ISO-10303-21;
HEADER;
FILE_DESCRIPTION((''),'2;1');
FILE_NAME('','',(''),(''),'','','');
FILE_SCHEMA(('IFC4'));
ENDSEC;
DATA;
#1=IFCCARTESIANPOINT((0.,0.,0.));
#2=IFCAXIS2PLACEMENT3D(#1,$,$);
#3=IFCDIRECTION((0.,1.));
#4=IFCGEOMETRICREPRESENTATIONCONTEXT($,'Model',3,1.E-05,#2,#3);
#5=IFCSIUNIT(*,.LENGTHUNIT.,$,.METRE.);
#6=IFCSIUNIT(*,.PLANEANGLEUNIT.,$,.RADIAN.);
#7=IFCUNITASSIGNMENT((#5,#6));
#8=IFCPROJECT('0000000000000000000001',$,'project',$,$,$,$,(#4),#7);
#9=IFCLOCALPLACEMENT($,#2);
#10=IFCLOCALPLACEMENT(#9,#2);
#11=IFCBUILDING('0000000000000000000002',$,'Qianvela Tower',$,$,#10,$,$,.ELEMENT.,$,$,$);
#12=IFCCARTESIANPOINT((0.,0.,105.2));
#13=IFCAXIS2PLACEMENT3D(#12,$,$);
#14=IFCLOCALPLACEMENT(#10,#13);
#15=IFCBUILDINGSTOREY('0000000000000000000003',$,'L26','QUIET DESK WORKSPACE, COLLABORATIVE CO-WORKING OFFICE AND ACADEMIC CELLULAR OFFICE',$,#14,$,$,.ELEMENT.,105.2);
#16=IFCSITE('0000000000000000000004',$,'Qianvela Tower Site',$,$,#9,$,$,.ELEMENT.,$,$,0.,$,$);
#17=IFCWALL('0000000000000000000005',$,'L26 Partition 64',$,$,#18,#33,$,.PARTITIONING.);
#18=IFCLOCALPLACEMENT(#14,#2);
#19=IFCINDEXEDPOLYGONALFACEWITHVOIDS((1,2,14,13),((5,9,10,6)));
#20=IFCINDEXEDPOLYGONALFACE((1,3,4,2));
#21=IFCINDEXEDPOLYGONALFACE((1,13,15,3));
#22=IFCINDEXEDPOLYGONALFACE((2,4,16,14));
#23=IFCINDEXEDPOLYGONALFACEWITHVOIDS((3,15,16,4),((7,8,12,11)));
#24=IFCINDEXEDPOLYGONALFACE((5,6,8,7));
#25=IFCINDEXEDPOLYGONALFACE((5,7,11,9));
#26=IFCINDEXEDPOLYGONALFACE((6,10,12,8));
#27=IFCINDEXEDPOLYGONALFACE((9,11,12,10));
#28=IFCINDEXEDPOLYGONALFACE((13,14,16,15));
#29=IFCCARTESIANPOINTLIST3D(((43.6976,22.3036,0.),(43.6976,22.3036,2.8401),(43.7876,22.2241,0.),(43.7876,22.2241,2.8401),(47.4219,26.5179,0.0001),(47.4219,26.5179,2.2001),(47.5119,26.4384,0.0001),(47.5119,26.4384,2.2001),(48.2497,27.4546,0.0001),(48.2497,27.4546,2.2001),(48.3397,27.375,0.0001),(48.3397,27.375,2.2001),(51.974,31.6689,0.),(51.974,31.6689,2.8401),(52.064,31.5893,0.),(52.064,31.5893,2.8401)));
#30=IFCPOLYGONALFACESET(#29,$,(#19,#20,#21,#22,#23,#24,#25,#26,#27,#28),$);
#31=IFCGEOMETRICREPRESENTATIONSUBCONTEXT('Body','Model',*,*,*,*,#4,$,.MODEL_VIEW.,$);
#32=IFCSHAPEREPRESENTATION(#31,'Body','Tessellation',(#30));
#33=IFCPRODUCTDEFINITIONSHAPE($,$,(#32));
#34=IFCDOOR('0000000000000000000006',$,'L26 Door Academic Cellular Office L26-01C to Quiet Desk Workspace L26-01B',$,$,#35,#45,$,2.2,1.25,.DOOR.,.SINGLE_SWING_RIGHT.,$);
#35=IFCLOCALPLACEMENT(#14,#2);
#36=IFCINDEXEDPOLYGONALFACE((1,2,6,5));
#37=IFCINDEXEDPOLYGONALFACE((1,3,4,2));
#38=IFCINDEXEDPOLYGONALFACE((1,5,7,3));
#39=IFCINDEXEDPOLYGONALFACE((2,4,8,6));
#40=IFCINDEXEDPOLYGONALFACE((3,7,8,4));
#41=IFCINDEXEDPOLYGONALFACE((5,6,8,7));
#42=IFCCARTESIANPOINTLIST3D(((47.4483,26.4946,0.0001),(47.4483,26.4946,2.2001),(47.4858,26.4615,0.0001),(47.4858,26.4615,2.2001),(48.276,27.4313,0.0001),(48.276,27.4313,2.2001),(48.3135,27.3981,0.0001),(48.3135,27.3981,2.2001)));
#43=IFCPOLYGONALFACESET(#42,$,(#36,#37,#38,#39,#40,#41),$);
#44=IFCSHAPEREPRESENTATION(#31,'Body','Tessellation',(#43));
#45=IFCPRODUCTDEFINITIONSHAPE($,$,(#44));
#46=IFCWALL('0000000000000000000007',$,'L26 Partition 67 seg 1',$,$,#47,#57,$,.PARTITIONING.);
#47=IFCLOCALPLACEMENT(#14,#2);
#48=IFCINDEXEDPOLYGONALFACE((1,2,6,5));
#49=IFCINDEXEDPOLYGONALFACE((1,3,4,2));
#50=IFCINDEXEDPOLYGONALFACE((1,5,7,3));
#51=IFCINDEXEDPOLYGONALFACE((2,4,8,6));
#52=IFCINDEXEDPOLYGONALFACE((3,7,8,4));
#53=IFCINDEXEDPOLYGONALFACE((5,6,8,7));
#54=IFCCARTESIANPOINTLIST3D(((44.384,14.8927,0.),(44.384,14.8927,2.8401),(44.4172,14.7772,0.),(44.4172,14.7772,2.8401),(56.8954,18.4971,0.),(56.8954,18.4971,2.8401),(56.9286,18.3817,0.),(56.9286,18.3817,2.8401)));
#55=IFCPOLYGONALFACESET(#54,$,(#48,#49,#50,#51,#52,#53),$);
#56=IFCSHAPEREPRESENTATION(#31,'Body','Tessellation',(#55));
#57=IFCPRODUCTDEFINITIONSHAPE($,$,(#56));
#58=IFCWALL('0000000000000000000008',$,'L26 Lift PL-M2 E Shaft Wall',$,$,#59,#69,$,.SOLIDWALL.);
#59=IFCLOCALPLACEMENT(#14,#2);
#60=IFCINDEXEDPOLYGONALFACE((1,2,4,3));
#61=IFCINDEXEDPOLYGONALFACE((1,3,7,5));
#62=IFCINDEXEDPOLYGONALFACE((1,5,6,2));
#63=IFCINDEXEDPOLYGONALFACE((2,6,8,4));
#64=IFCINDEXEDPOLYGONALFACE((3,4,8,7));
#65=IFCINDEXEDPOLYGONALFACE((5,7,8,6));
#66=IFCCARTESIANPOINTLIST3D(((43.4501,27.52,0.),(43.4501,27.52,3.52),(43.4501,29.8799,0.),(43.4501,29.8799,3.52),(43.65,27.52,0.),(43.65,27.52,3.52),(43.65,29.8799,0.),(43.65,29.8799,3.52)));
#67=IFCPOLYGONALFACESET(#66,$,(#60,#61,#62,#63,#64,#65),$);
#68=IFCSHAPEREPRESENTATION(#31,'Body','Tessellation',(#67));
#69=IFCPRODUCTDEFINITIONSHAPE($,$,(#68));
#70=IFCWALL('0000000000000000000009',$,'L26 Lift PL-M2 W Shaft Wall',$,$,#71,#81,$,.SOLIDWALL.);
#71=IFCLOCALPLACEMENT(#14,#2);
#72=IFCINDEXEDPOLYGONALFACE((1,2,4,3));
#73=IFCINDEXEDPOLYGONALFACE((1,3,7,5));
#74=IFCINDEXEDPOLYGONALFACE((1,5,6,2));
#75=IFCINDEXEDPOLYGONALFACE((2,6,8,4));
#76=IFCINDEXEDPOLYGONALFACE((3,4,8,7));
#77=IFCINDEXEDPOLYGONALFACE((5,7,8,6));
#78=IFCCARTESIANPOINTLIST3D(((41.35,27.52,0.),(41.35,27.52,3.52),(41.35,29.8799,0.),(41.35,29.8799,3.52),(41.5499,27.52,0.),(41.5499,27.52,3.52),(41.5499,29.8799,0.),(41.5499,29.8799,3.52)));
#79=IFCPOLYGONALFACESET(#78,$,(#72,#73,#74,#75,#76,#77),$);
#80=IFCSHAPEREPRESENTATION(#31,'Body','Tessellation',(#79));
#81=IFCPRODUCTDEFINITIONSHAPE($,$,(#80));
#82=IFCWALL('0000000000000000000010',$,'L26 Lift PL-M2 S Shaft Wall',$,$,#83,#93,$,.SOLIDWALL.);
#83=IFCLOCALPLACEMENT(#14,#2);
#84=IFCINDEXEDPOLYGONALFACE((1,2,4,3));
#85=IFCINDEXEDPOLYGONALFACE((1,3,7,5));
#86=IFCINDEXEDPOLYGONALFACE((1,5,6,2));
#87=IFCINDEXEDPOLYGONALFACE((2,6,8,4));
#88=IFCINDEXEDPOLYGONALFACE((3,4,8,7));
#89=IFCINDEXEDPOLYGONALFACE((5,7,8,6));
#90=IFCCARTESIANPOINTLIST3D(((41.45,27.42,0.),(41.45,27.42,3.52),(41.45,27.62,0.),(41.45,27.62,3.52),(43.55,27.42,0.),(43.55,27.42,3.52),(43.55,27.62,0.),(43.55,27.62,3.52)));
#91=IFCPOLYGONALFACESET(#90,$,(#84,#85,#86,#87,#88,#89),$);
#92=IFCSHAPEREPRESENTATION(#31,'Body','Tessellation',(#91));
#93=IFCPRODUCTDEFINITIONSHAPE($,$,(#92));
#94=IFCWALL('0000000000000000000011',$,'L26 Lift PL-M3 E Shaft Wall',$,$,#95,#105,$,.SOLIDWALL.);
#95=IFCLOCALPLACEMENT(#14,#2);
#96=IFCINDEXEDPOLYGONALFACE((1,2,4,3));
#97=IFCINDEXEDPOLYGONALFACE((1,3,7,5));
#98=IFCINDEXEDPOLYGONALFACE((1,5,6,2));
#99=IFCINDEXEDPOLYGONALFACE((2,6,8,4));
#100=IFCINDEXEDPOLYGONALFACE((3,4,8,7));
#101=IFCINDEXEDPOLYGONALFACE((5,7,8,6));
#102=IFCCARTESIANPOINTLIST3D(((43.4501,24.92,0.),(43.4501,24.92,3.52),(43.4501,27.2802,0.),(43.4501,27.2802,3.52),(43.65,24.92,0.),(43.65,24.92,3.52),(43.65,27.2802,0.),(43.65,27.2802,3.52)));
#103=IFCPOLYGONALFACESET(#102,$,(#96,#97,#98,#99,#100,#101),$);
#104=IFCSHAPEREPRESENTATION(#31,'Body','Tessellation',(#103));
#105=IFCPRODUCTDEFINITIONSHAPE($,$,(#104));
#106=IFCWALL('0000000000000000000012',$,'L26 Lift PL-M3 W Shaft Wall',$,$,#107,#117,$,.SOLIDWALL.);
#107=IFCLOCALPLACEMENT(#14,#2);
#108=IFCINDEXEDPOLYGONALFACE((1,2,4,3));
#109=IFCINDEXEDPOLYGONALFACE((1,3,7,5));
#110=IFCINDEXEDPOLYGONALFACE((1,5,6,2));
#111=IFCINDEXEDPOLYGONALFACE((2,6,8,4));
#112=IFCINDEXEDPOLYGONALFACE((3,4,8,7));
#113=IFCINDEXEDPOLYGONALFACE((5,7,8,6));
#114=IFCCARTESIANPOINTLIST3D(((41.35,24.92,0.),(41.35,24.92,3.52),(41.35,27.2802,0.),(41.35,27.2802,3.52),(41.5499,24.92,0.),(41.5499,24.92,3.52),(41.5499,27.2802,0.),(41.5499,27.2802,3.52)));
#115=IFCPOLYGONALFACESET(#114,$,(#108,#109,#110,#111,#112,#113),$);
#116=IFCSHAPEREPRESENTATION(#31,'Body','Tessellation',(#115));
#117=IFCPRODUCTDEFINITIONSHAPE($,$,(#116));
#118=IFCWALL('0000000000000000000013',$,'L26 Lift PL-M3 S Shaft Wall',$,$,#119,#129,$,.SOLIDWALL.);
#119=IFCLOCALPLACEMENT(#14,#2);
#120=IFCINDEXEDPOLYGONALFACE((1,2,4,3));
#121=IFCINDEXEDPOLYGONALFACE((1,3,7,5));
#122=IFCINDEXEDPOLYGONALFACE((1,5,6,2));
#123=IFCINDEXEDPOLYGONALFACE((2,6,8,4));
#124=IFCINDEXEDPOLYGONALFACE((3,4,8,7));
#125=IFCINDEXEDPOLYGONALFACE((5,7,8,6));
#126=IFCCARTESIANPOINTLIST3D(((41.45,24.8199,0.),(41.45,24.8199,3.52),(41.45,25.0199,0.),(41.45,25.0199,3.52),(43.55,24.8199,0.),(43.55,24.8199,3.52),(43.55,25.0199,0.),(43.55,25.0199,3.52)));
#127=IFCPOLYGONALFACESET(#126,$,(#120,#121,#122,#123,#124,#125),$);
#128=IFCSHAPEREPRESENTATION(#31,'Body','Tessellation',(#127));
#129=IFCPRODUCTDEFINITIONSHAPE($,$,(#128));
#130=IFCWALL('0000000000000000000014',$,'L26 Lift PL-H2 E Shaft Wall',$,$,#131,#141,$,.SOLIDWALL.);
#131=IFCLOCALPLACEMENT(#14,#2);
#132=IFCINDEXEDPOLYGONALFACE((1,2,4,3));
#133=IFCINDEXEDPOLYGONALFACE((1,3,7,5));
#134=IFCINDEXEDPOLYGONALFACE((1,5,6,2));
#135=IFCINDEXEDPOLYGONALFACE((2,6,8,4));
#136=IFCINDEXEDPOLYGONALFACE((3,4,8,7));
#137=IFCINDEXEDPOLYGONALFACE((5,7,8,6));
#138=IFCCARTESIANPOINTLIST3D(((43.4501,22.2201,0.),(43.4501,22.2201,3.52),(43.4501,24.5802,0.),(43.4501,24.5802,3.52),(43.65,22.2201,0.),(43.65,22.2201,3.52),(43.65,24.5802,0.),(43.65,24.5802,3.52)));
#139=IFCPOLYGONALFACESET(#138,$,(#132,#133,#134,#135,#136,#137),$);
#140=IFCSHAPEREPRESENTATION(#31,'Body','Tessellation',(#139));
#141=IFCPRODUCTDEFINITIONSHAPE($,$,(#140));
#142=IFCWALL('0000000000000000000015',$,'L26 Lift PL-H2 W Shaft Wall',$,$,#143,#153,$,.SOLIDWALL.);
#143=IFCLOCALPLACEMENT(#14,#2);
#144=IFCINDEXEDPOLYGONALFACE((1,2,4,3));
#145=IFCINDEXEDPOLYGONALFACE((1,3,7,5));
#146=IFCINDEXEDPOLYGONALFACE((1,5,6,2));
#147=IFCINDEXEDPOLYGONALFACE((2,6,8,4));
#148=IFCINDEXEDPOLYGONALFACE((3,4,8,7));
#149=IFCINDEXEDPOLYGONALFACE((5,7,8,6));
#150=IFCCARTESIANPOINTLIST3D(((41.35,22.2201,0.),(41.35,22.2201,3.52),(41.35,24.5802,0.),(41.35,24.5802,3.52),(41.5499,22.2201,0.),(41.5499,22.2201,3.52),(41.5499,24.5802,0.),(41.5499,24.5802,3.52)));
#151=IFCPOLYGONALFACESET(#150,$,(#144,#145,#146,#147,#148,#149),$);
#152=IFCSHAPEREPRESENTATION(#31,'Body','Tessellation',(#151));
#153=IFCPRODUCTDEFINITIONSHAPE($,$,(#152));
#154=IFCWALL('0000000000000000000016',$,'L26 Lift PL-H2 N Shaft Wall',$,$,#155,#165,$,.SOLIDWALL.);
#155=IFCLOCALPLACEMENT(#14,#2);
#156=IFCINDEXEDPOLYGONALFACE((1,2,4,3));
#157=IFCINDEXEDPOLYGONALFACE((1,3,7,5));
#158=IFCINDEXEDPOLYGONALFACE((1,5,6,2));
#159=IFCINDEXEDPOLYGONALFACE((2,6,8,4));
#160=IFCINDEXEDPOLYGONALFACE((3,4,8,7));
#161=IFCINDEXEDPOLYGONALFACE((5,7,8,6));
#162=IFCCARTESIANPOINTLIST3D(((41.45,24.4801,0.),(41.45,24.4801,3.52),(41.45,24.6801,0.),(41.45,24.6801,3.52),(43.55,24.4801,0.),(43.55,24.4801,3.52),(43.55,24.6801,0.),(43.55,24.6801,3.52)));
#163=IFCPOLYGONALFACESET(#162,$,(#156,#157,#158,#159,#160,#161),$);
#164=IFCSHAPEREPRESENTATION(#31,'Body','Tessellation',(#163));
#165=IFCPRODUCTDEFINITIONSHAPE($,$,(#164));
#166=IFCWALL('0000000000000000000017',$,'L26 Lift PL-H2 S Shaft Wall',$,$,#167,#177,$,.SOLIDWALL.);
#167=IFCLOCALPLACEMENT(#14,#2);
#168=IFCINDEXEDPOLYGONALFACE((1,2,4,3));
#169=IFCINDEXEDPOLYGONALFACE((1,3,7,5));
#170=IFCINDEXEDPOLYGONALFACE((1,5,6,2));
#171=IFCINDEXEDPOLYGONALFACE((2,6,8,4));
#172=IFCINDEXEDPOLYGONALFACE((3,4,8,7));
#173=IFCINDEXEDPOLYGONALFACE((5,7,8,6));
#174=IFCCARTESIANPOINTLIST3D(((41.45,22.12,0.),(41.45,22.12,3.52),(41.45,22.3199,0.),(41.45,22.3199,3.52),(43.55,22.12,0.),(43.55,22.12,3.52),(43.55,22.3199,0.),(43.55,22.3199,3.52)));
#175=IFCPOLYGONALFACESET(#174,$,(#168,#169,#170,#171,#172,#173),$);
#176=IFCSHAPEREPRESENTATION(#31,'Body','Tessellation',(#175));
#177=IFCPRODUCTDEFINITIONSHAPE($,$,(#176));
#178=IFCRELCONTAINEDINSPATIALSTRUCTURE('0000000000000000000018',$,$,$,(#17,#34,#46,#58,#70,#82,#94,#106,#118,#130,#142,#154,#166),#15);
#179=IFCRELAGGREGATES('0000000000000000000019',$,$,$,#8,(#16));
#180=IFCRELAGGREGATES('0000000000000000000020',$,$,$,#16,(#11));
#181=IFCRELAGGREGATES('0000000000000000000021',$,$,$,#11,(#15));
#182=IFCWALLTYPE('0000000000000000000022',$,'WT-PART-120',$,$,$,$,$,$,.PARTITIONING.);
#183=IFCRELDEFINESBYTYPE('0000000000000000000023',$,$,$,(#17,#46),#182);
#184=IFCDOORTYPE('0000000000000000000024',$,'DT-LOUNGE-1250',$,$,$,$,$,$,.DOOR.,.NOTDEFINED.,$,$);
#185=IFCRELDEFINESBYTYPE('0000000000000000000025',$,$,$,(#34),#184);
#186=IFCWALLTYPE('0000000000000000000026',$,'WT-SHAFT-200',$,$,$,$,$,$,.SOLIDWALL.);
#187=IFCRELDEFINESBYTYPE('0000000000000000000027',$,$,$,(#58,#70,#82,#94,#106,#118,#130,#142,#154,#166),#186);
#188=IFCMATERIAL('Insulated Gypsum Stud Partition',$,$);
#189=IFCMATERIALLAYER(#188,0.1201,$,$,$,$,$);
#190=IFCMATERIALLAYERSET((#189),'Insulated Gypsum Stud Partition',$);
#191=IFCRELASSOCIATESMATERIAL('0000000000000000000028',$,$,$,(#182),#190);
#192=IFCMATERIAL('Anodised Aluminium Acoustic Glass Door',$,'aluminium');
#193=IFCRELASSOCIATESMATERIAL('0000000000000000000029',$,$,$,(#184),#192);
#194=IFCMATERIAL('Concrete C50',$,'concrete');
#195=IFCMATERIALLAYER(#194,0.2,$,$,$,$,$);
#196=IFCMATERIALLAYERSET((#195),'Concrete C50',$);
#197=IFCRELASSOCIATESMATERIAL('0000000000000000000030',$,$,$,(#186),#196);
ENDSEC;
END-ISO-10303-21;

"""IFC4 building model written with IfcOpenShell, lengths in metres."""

from ifc_helpers import new_model, si_unit, direction, frame, frame_2d, origin, place, context, subcontext, project, spatial, rectangle, extrude, material, layer, layer_set, type_object, element, fill, save


model = new_model("IFC4")

# Units and contexts
model_context = context("Model", 3, precision=1e-05, world=origin(), true_north=direction((0.0, 1.0)))
body_context = subcontext(model_context, "Body", "Model", "MODEL_VIEW")
ifc_project = project(units=[si_unit("LENGTHUNIT", "METRE"), si_unit("PLANEANGLEUNIT", "RADIAN")], contexts=[model_context])

# Site, building, storey
site_placement = place(None, origin())
site = spatial("IfcSite", under=ifc_project, at=site_placement, Name="Qianvela Tower Site", CompositionType="ELEMENT", RefElevation=0.0)
building_placement = place(site_placement, origin())
building = spatial("IfcBuilding", under=site, at=building_placement, Name="Qianvela Tower", CompositionType="ELEMENT")
storey_placement = place(building_placement, frame((0.0, 0.0, 105.2)))
storey = spatial("IfcBuildingStorey", under=building, at=storey_placement, Name="L26", Description="QUIET DESK WORKSPACE, COLLABORATIVE CO-WORKING OFFICE AND ACADEMIC CELLULAR OFFICE", CompositionType="ELEMENT", Elevation=105.2)

# Wall, opening, door
ifc_material_1 = material(Name="Insulated Gypsum Stud Partition")
ifc_layer_1 = layer(ifc_material_1, 0.1201)
ifc_layer_set_1 = layer_set([ifc_layer_1], Name="Insulated Gypsum Stud Partition")
wall_type_1 = type_object("IfcWallType", Name="WT-PART-120", PredefinedType="PARTITIONING", material=ifc_layer_set_1)
wall_1_placement = place(storey_placement, frame((43.7427, 22.2639, 0.0), z_axis=(0.0, 0.0, 1.0), x_axis=(0.662203, 0.749325, 0.0)))
wall_1 = element("IfcWall", 1, at=wall_1_placement, inside=storey, type_object=wall_type_1, Name="L26 Partition 64", PredefinedType="PARTITIONING", context=body_context, shape_type="SweptSolid", body=[
    extrude(rectangle(XDim=12.4983, YDim=0.1201, at=frame_2d((6.249, 0.0))), origin(), (0.0, 0.0, 1.0), 2.8401),
])
opening_1_placement = place(wall_1_placement, frame((5.624, 0.0, 0.0)))
opening_1 = element("IfcOpeningElement", 2, at=opening_1_placement, cuts=wall_1, PredefinedType="OPENING", context=body_context, shape_type="SweptSolid", body=[
    extrude(rectangle(XDim=1.25, YDim=2.2, at=frame_2d((0.625, 1.1001))), frame((0.0, 0.0701, 0.0), z_axis=(0.0, -1.0, 0.0), x_axis=(1.0, 0.0, 0.0)), (0.0, 0.0, 1.0), 0.1401),
])
ifc_material_2 = material(Name="Anodised Aluminium Acoustic Glass Door", Category="aluminium")
door_type = type_object("IfcDoorType", Name="DT-LOUNGE-1250", OperationType="NOTDEFINED", PredefinedType="DOOR", material=ifc_material_2)
door_placement = place(opening_1_placement, origin())
door = element("IfcDoor", 3, at=door_placement, inside=storey, type_object=door_type, Name="L26 Door Academic Cellular Office L26-01C to Quiet Desk Workspace L26-01B", OperationType="SINGLE_SWING_RIGHT", OverallHeight=2.2, OverallWidth=1.25, PredefinedType="DOOR", context=body_context, shape_type="SweptSolid", body=[
    extrude(rectangle(XDim=1.25, YDim=2.2, at=frame_2d((0.625, 1.1001))), frame((0.0, 0.0249, 0.0), z_axis=(0.0, -1.0, 0.0), x_axis=(1.0, 0.0, 0.0)), (0.0, 0.0, 1.0), 0.05),
])
fill(opening_1, door)

# Walls
wall_2_placement = place(storey_placement, frame((56.9121, 18.4395, 0.0), z_axis=(0.0, 0.0, 1.0), x_axis=(-0.960917, -0.276835, 0.0)))
element("IfcWall", 4, at=wall_2_placement, inside=storey, type_object=wall_type_1, Name="L26 Partition 67 seg 1", PredefinedType="PARTITIONING", context=body_context, shape_type="SweptSolid", body=[
    extrude(rectangle(XDim=13.0203, YDim=0.1201, at=frame_2d((6.5103, 0.0))), origin(), (0.0, 0.0, 1.0), 2.8401),
])
ifc_material_3 = material(Name="Concrete C50", Category="concrete")
ifc_layer_2 = layer(ifc_material_3, 0.2)
ifc_layer_set_2 = layer_set([ifc_layer_2], Name="Concrete C50")
wall_type_2 = type_object("IfcWallType", Name="WT-SHAFT-200", PredefinedType="SOLIDWALL", material=ifc_layer_set_2)
for number, where, z_axis, x_axis, name in (
    (5, (43.55, 27.52, 0.0), (0.0, 0.0, 1.0), (0.0, 1.0, 0.0), "L26 Lift PL-M2 E Shaft Wall"),
    (6, (41.45, 27.52, 0.0), (0.0, 0.0, 1.0), (0.0, 1.0, 0.0), "L26 Lift PL-M2 W Shaft Wall"),
):
    element("IfcWall", number, at=place(storey_placement, frame(where, z_axis=z_axis, x_axis=x_axis)), inside=storey, type_object=wall_type_2, Name=name, PredefinedType="SOLIDWALL", context=body_context, shape_type="SweptSolid", body=[
        extrude(rectangle(XDim=2.3599, YDim=0.2, at=frame_2d((1.1799, 0.0))), origin(), (0.0, 0.0, 1.0), 3.52),
    ])
wall_3_placement = place(storey_placement, frame((41.45, 27.52, 0.0), z_axis=(0.0, 0.0, 1.0), x_axis=(1.0, 0.0, 0.0)))
element("IfcWall", 7, at=wall_3_placement, inside=storey, type_object=wall_type_2, Name="L26 Lift PL-M2 S Shaft Wall", PredefinedType="SOLIDWALL", context=body_context, shape_type="SweptSolid", body=[
    extrude(rectangle(XDim=2.1001, YDim=0.2, at=frame_2d((1.05, 0.0))), origin(), (0.0, 0.0, 1.0), 3.52),
])
for number, where, z_axis, x_axis, name in (
    (8, (43.55, 24.9199, 0.0), (0.0, 0.0, 1.0), (0.0, 1.0, 0.0), "L26 Lift PL-M3 E Shaft Wall"),
    (9, (41.45, 24.9199, 0.0), (0.0, 0.0, 1.0), (0.0, 1.0, 0.0), "L26 Lift PL-M3 W Shaft Wall"),
):
    element("IfcWall", number, at=place(storey_placement, frame(where, z_axis=z_axis, x_axis=x_axis)), inside=storey, type_object=wall_type_2, Name=name, PredefinedType="SOLIDWALL", context=body_context, shape_type="SweptSolid", body=[
        extrude(rectangle(XDim=2.3601, YDim=0.2, at=frame_2d((1.1802, 0.0))), origin(), (0.0, 0.0, 1.0), 3.52),
    ])
wall_4_placement = place(storey_placement, frame((41.45, 24.9199, 0.0), z_axis=(0.0, 0.0, 1.0), x_axis=(1.0, 0.0, 0.0)))
element("IfcWall", 10, at=wall_4_placement, inside=storey, type_object=wall_type_2, Name="L26 Lift PL-M3 S Shaft Wall", PredefinedType="SOLIDWALL", context=body_context, shape_type="SweptSolid", body=[
    extrude(rectangle(XDim=2.1001, YDim=0.2, at=frame_2d((1.05, 0.0))), origin(), (0.0, 0.0, 1.0), 3.52),
])
for number, where, z_axis, x_axis, name in (
    (11, (43.55, 22.22, 0.0), (0.0, 0.0, 1.0), (0.0, 1.0, 0.0), "L26 Lift PL-H2 E Shaft Wall"),
    (12, (41.45, 22.22, 0.0), (0.0, 0.0, 1.0), (0.0, 1.0, 0.0), "L26 Lift PL-H2 W Shaft Wall"),
):
    element("IfcWall", number, at=place(storey_placement, frame(where, z_axis=z_axis, x_axis=x_axis)), inside=storey, type_object=wall_type_2, Name=name, PredefinedType="SOLIDWALL", context=body_context, shape_type="SweptSolid", body=[
        extrude(rectangle(XDim=2.3601, YDim=0.2, at=frame_2d((1.1802, 0.0))), origin(), (0.0, 0.0, 1.0), 3.52),
    ])
for number, where, z_axis, x_axis, name in (
    (13, (41.45, 24.5801, 0.0), (0.0, 0.0, 1.0), (1.0, 0.0, 0.0), "L26 Lift PL-H2 N Shaft Wall"),
    (14, (41.45, 22.22, 0.0), (0.0, 0.0, 1.0), (1.0, 0.0, 0.0), "L26 Lift PL-H2 S Shaft Wall"),
):
    element("IfcWall", number, at=place(storey_placement, frame(where, z_axis=z_axis, x_axis=x_axis)), inside=storey, type_object=wall_type_2, Name=name, PredefinedType="SOLIDWALL", context=body_context, shape_type="SweptSolid", body=[
        extrude(rectangle(XDim=2.1001, YDim=0.2, at=frame_2d((1.05, 0.0))), origin(), (0.0, 0.0, 1.0), 3.52),
    ])

save(model, "model.ifc")
